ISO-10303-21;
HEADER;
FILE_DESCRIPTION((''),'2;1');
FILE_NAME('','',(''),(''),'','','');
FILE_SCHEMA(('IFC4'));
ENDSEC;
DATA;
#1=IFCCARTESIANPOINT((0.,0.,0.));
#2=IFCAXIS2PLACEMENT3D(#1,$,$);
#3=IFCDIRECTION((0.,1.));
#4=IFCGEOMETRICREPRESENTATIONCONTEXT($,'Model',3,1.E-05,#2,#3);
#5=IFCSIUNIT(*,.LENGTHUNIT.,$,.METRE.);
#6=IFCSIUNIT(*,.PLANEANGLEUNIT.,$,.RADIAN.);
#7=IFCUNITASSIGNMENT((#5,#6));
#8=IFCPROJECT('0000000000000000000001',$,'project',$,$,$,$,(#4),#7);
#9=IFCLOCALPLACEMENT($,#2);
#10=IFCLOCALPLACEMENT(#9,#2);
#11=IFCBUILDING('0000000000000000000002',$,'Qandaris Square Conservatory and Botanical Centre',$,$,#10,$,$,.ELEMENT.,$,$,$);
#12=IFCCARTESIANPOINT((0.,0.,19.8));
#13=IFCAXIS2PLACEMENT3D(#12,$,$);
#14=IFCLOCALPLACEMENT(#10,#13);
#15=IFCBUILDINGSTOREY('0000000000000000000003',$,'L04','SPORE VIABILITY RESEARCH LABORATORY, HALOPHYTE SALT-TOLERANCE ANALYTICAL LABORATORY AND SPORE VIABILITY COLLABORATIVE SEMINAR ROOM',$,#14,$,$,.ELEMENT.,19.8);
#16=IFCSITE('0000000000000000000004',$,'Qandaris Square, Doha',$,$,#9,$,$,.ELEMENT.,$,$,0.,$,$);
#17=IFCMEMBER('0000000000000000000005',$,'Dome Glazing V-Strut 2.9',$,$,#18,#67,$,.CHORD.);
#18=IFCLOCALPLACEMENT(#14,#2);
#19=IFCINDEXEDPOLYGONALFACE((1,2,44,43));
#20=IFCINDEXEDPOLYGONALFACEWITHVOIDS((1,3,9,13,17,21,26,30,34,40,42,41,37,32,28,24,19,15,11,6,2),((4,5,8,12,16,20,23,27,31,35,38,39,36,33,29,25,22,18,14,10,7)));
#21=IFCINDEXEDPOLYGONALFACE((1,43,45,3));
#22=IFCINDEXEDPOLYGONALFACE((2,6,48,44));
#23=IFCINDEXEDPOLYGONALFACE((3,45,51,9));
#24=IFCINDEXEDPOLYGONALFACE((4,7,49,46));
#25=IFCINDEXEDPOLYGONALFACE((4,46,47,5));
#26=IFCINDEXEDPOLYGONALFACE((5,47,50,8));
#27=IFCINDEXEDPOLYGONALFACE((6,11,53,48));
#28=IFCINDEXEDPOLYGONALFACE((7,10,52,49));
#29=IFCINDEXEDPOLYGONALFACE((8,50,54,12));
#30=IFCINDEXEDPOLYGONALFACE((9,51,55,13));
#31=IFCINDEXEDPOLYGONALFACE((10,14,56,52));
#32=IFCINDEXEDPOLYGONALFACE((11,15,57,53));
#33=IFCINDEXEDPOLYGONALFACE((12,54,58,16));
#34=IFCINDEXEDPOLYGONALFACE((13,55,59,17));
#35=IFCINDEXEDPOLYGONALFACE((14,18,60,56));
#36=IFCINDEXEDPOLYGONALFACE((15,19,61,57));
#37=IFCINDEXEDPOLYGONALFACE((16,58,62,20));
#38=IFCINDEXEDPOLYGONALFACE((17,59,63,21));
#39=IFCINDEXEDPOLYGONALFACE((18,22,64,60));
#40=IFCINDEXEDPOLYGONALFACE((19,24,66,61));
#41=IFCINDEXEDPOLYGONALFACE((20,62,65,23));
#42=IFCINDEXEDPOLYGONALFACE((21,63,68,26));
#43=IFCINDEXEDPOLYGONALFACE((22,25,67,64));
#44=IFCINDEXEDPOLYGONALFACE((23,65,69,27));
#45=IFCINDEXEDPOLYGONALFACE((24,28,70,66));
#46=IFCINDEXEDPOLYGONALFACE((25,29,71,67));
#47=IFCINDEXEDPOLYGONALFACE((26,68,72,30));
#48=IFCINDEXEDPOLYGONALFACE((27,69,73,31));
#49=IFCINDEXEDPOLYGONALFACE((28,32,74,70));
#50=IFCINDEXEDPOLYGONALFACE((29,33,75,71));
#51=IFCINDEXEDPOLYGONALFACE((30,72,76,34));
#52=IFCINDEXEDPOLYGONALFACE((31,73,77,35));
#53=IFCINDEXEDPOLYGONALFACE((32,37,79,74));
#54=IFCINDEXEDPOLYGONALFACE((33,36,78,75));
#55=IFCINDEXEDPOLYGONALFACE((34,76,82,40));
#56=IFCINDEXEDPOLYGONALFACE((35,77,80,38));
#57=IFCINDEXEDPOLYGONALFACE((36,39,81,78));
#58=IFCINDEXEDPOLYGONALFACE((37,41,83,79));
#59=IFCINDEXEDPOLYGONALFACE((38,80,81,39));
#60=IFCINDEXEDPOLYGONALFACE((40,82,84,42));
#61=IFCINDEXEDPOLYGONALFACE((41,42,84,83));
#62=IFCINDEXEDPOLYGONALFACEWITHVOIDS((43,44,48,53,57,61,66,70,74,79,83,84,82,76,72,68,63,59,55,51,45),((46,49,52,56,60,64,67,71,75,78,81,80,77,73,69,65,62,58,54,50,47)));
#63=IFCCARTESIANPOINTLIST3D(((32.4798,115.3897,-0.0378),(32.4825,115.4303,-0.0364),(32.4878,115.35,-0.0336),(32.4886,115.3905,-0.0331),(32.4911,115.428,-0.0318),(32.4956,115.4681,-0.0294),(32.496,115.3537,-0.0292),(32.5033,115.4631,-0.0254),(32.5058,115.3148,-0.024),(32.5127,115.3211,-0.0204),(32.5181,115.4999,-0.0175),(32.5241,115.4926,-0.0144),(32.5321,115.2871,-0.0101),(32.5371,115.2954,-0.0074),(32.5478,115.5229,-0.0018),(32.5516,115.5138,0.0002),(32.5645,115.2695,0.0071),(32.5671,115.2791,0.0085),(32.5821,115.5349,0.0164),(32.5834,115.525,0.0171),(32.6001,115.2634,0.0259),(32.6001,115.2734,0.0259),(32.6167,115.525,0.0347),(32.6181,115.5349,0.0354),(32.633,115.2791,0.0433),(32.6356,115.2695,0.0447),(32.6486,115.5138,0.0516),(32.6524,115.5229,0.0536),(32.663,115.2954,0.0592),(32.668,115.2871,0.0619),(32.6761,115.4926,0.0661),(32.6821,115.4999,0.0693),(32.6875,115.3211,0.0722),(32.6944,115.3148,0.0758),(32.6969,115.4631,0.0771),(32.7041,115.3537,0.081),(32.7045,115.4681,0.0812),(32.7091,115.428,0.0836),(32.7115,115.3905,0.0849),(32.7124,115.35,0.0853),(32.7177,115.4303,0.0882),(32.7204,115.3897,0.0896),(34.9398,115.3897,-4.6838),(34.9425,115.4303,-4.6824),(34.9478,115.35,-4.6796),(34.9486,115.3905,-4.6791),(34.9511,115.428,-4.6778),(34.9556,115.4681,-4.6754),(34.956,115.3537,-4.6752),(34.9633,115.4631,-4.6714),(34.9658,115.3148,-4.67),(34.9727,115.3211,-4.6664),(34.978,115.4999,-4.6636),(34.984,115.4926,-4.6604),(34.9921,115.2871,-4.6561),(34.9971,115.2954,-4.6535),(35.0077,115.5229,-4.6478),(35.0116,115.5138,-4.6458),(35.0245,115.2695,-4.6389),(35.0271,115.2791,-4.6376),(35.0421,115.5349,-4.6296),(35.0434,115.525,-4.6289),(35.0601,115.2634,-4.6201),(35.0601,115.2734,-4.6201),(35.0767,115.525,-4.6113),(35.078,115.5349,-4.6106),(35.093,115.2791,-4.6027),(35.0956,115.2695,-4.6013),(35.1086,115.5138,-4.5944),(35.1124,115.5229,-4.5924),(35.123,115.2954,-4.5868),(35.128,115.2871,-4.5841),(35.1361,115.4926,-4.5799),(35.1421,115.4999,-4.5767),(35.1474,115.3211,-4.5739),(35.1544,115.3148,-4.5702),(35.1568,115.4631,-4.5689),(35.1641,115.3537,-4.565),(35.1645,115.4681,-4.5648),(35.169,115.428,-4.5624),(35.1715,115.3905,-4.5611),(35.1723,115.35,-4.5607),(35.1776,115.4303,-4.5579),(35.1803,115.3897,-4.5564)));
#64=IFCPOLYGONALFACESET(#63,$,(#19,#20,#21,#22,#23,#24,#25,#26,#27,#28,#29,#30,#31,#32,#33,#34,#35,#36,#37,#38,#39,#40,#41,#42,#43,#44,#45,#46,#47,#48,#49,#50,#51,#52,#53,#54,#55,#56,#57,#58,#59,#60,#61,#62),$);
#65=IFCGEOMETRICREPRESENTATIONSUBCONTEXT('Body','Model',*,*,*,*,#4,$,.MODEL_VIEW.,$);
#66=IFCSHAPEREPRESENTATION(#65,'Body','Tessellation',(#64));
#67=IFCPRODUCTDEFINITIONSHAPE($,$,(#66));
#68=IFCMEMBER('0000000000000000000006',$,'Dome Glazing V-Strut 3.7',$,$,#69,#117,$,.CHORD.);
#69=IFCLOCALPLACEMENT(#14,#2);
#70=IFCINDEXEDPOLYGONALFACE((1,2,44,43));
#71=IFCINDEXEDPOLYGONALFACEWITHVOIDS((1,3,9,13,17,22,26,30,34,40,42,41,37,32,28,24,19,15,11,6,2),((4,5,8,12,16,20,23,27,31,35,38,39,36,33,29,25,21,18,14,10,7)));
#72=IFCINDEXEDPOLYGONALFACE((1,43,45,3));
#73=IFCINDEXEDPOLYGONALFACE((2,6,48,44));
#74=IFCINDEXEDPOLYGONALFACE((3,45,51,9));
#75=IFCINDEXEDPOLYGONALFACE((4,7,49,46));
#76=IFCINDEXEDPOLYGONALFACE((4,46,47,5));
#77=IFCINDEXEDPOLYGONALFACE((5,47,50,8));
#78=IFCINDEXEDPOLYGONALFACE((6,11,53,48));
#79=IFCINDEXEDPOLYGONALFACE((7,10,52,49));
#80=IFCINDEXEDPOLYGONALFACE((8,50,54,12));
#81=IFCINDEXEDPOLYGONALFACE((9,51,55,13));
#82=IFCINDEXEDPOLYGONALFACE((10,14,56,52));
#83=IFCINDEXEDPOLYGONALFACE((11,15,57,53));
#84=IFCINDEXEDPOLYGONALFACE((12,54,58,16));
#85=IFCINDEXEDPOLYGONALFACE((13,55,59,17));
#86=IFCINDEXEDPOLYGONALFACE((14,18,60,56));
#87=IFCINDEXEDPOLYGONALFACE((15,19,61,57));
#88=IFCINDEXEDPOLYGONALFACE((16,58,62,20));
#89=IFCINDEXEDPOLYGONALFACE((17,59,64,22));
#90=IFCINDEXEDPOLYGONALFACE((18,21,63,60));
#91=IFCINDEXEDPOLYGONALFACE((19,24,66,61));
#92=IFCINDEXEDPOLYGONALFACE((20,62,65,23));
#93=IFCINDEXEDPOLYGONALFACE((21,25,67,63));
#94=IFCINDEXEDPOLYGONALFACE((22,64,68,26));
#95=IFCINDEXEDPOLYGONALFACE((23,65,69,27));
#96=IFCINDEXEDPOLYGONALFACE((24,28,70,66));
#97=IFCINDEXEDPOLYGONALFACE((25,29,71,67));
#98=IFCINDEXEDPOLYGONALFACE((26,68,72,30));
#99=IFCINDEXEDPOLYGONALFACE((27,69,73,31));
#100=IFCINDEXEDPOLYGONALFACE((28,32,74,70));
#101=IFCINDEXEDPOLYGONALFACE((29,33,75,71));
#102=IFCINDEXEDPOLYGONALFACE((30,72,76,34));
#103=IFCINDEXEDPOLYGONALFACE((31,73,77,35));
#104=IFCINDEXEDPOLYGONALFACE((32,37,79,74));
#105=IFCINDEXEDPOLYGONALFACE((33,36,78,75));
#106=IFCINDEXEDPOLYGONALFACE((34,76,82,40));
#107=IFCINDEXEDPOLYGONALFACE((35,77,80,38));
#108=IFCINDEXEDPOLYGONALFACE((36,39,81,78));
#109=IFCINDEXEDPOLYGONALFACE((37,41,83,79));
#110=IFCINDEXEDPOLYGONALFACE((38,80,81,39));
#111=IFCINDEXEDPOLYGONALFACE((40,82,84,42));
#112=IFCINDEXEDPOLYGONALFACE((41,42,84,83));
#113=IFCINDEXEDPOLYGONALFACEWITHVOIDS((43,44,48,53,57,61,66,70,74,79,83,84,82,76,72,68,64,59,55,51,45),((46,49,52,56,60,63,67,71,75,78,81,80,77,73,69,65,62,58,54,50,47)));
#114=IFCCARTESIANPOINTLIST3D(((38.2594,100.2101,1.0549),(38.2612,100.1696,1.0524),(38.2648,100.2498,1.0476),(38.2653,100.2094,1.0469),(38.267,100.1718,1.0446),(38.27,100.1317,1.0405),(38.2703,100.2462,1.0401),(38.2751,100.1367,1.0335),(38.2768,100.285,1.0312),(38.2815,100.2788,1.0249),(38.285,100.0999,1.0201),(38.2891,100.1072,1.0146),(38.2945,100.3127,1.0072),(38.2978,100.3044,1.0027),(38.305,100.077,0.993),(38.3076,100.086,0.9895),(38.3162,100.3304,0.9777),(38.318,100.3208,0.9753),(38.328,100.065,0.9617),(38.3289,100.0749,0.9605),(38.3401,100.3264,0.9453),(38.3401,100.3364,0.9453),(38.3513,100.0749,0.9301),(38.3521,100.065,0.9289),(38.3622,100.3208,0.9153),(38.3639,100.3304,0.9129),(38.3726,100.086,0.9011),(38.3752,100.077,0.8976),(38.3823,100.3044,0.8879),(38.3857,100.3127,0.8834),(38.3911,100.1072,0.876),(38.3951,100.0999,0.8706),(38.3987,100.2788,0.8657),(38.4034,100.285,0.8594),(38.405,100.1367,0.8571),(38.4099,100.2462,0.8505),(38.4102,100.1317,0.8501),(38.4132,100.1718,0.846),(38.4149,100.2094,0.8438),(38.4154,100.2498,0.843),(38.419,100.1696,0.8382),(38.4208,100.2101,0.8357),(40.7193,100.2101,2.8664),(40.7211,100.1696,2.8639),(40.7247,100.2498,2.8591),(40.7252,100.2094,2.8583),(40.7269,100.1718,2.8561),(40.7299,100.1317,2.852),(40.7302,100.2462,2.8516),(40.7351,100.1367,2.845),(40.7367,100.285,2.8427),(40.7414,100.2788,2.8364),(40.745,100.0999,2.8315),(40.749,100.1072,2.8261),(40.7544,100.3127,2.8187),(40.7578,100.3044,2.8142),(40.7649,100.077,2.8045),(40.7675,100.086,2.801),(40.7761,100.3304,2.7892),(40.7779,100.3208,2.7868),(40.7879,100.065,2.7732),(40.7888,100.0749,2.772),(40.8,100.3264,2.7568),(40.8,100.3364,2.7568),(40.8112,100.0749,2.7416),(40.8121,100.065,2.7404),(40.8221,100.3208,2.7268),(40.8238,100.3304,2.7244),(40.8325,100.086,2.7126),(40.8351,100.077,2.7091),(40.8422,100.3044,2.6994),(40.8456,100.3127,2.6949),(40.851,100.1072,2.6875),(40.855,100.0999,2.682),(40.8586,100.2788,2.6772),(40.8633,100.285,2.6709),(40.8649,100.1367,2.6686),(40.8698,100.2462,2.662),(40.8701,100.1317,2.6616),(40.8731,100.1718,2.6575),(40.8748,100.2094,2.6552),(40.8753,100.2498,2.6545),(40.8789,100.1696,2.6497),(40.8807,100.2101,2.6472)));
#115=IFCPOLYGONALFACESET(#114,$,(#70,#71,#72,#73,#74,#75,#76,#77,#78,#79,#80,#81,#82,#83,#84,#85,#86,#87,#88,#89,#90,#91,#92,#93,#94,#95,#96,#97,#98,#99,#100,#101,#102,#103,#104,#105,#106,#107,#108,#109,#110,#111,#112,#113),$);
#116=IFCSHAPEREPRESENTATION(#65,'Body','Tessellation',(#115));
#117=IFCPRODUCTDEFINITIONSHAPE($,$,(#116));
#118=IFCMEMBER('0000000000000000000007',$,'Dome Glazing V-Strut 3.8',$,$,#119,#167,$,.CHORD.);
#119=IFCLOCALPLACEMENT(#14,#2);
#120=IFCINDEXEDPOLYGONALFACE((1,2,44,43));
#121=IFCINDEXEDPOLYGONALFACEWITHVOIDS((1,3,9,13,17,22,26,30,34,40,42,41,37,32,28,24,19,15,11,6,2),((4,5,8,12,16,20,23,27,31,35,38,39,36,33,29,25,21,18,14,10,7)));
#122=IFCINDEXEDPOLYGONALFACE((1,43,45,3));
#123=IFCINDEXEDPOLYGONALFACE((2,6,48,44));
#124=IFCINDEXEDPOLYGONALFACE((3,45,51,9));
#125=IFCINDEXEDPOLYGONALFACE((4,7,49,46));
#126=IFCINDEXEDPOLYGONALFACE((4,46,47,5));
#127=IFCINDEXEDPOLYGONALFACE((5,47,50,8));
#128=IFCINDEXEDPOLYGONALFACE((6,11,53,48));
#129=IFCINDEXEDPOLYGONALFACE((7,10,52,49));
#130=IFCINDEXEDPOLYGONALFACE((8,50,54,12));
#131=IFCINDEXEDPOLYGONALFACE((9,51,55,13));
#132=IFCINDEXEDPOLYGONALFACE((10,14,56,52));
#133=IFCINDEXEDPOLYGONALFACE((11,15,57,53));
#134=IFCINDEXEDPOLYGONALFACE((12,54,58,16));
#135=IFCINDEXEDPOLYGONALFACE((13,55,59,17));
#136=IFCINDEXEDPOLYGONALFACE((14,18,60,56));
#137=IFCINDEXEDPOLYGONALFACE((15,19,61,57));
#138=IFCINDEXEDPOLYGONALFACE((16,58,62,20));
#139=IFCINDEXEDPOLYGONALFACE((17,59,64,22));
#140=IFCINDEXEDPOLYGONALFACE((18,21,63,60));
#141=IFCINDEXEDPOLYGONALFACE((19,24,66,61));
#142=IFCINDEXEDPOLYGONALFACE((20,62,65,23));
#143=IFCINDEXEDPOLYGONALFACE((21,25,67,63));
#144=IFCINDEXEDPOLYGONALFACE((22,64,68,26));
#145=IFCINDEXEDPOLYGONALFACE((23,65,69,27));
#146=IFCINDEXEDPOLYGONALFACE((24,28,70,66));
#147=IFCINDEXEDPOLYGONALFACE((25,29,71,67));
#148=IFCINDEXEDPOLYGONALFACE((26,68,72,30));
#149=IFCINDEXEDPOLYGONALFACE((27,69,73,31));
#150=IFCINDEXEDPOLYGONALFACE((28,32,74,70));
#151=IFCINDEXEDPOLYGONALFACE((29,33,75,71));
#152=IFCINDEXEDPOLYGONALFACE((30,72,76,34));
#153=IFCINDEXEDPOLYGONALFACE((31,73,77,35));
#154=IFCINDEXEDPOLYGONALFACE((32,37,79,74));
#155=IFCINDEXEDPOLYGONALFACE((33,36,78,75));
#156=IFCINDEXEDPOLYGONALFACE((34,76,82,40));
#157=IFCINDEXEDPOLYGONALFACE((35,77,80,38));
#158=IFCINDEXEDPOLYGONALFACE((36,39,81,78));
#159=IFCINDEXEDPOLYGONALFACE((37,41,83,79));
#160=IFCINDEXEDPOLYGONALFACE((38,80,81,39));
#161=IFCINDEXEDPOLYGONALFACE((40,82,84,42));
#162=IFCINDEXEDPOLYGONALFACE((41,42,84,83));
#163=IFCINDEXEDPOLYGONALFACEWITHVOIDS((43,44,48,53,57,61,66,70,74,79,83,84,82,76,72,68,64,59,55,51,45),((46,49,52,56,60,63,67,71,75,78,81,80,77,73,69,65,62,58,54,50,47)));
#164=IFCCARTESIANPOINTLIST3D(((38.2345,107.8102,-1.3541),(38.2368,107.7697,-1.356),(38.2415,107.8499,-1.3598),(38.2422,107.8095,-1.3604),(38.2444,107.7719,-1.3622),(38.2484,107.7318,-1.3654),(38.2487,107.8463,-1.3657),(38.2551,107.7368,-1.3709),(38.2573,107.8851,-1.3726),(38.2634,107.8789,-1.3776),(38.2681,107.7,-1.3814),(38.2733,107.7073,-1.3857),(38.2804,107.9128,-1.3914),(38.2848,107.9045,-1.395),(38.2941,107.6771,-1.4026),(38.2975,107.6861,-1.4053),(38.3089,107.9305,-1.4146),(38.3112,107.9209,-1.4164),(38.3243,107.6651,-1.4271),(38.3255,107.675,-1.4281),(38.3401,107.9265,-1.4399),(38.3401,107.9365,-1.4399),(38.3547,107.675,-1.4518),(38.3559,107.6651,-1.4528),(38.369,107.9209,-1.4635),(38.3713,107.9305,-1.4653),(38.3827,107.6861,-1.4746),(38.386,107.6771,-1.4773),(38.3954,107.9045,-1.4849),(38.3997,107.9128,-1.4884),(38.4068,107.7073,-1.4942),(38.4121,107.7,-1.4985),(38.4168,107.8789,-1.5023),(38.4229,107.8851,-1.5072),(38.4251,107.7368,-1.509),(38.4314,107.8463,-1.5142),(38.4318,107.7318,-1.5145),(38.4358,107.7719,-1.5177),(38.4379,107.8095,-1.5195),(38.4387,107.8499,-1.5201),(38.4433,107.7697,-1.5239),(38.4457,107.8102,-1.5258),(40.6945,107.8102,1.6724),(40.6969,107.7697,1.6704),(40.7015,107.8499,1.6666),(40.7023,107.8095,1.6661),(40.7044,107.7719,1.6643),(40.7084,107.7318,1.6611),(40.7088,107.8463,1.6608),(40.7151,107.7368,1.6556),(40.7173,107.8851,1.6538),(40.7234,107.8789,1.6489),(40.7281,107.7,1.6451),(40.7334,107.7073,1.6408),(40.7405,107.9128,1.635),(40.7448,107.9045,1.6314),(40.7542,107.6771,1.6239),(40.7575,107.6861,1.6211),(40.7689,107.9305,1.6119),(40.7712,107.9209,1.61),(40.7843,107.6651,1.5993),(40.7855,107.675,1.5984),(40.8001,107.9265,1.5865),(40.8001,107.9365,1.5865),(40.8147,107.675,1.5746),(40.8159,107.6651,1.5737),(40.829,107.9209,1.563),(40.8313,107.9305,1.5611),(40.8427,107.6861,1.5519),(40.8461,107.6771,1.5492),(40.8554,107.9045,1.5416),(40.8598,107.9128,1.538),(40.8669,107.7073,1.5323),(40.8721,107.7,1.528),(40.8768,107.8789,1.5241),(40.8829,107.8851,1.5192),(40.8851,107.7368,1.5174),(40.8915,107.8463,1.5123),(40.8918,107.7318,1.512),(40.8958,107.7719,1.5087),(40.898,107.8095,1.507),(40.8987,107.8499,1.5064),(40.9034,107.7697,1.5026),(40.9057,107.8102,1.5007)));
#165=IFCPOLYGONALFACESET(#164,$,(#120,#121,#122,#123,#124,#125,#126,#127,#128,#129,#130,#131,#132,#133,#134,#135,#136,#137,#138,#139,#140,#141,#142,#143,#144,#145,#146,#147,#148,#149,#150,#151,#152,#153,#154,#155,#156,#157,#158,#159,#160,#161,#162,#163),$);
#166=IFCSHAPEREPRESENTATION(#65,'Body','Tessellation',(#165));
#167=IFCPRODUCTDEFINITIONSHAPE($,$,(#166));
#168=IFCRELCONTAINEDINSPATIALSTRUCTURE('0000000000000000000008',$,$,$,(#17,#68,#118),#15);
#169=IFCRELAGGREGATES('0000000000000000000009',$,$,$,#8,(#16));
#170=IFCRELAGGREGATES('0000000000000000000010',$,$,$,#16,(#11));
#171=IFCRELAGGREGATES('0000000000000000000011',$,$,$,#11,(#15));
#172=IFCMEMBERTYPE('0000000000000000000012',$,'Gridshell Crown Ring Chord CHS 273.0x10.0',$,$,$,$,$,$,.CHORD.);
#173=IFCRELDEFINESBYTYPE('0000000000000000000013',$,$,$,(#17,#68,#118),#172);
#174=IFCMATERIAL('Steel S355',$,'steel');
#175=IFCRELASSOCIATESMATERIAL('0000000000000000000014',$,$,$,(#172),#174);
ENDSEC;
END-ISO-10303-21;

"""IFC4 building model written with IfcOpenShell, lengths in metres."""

from ifc_helpers import new_model, si_unit, direction, frame, origin, origin_2d, place, context, subcontext, project, spatial, hollow_circle, extrude, material, material_profile, profile_set, type_object, element, save


model = new_model("IFC4")

# Units and contexts
model_context = context("Model", 3, precision=1e-05, world=origin(), true_north=direction((0.0, 1.0)))
body_context = subcontext(model_context, "Body", "Model", "MODEL_VIEW")
ifc_project = project(units=[si_unit("LENGTHUNIT", "METRE"), si_unit("PLANEANGLEUNIT", "RADIAN")], contexts=[model_context])

# Site, building, storey
site_placement = place(None, origin())
site = spatial("IfcSite", under=ifc_project, at=site_placement, Name="Qandaris Square, Doha", CompositionType="ELEMENT", RefElevation=0.0)
building_placement = place(site_placement, origin())
building = spatial("IfcBuilding", under=site, at=building_placement, Name="Qandaris Square Conservatory and Botanical Centre", CompositionType="ELEMENT")
storey_placement = place(building_placement, frame((0.0, 0.0, 19.8)))
storey = spatial("IfcBuildingStorey", under=building, at=storey_placement, Name="L04", Description="SPORE VIABILITY RESEARCH LABORATORY, HALOPHYTE SALT-TOLERANCE ANALYTICAL LABORATORY AND SPORE VIABILITY COLLABORATIVE SEMINAR ROOM", CompositionType="ELEMENT", Elevation=19.8)

# Members
ifc_material = material(Name="Steel S355", Category="steel")
ifc_material_profile_1 = material_profile(ifc_material, hollow_circle(Radius=0.1365, WallThickness=0.01, at=origin_2d()), Name="CHS 273.0x10.0")
ifc_profile_set_1 = profile_set([ifc_material_profile_1], Name="Steel S355")
member_type_1 = type_object("IfcMemberType", Name="Gridshell Crown Ring Chord CHS 273.0x10.0", PredefinedType="CHORD", material=ifc_profile_set_1)
member_1_placement = place(storey_placement, frame((35.0601, 115.3999, -4.6201), z_axis=(-0.467935, 0.0, 0.883763), x_axis=(0.0, -1.0, 0.0)))
element("IfcMember", 1, at=member_1_placement, inside=storey, type_object=member_type_1, Name="Dome Glazing V-Strut 2.9", PredefinedType="CHORD", context=body_context, shape_type="SweptSolid", body=[
    extrude(hollow_circle(Radius=0.1365, WallThickness=0.01, at=origin_2d()), origin(), (0.0, 0.0, 1.0), 5.2571),
])
member_2_placement = place(storey_placement, frame((38.3401, 100.2, 0.9453), z_axis=(0.805225, 0.0, 0.59297), x_axis=(0.0, 1.0, 0.0)))
element("IfcMember", 2, at=member_2_placement, inside=storey, type_object=member_type_1, Name="Dome Glazing V-Strut 3.7", PredefinedType="CHORD", context=body_context, shape_type="SweptSolid", body=[
    extrude(hollow_circle(Radius=0.1365, WallThickness=0.01, at=origin_2d()), origin(), (0.0, 0.0, 1.0), 3.0549),
])
member_3_placement = place(storey_placement, frame((38.3401, 107.8, -1.4399), z_axis=(0.630753, 0.0, 0.775984), x_axis=(0.0, 1.0, 0.0)))
element("IfcMember", 3, at=member_3_placement, inside=storey, type_object=member_type_1, Name="Dome Glazing V-Strut 3.8", PredefinedType="CHORD", context=body_context, shape_type="SweptSolid", body=[
    extrude(hollow_circle(Radius=0.1365, WallThickness=0.01, at=origin_2d()), origin(), (0.0, 0.0, 1.0), 3.9001),
])

save(model, "model.ifc")
